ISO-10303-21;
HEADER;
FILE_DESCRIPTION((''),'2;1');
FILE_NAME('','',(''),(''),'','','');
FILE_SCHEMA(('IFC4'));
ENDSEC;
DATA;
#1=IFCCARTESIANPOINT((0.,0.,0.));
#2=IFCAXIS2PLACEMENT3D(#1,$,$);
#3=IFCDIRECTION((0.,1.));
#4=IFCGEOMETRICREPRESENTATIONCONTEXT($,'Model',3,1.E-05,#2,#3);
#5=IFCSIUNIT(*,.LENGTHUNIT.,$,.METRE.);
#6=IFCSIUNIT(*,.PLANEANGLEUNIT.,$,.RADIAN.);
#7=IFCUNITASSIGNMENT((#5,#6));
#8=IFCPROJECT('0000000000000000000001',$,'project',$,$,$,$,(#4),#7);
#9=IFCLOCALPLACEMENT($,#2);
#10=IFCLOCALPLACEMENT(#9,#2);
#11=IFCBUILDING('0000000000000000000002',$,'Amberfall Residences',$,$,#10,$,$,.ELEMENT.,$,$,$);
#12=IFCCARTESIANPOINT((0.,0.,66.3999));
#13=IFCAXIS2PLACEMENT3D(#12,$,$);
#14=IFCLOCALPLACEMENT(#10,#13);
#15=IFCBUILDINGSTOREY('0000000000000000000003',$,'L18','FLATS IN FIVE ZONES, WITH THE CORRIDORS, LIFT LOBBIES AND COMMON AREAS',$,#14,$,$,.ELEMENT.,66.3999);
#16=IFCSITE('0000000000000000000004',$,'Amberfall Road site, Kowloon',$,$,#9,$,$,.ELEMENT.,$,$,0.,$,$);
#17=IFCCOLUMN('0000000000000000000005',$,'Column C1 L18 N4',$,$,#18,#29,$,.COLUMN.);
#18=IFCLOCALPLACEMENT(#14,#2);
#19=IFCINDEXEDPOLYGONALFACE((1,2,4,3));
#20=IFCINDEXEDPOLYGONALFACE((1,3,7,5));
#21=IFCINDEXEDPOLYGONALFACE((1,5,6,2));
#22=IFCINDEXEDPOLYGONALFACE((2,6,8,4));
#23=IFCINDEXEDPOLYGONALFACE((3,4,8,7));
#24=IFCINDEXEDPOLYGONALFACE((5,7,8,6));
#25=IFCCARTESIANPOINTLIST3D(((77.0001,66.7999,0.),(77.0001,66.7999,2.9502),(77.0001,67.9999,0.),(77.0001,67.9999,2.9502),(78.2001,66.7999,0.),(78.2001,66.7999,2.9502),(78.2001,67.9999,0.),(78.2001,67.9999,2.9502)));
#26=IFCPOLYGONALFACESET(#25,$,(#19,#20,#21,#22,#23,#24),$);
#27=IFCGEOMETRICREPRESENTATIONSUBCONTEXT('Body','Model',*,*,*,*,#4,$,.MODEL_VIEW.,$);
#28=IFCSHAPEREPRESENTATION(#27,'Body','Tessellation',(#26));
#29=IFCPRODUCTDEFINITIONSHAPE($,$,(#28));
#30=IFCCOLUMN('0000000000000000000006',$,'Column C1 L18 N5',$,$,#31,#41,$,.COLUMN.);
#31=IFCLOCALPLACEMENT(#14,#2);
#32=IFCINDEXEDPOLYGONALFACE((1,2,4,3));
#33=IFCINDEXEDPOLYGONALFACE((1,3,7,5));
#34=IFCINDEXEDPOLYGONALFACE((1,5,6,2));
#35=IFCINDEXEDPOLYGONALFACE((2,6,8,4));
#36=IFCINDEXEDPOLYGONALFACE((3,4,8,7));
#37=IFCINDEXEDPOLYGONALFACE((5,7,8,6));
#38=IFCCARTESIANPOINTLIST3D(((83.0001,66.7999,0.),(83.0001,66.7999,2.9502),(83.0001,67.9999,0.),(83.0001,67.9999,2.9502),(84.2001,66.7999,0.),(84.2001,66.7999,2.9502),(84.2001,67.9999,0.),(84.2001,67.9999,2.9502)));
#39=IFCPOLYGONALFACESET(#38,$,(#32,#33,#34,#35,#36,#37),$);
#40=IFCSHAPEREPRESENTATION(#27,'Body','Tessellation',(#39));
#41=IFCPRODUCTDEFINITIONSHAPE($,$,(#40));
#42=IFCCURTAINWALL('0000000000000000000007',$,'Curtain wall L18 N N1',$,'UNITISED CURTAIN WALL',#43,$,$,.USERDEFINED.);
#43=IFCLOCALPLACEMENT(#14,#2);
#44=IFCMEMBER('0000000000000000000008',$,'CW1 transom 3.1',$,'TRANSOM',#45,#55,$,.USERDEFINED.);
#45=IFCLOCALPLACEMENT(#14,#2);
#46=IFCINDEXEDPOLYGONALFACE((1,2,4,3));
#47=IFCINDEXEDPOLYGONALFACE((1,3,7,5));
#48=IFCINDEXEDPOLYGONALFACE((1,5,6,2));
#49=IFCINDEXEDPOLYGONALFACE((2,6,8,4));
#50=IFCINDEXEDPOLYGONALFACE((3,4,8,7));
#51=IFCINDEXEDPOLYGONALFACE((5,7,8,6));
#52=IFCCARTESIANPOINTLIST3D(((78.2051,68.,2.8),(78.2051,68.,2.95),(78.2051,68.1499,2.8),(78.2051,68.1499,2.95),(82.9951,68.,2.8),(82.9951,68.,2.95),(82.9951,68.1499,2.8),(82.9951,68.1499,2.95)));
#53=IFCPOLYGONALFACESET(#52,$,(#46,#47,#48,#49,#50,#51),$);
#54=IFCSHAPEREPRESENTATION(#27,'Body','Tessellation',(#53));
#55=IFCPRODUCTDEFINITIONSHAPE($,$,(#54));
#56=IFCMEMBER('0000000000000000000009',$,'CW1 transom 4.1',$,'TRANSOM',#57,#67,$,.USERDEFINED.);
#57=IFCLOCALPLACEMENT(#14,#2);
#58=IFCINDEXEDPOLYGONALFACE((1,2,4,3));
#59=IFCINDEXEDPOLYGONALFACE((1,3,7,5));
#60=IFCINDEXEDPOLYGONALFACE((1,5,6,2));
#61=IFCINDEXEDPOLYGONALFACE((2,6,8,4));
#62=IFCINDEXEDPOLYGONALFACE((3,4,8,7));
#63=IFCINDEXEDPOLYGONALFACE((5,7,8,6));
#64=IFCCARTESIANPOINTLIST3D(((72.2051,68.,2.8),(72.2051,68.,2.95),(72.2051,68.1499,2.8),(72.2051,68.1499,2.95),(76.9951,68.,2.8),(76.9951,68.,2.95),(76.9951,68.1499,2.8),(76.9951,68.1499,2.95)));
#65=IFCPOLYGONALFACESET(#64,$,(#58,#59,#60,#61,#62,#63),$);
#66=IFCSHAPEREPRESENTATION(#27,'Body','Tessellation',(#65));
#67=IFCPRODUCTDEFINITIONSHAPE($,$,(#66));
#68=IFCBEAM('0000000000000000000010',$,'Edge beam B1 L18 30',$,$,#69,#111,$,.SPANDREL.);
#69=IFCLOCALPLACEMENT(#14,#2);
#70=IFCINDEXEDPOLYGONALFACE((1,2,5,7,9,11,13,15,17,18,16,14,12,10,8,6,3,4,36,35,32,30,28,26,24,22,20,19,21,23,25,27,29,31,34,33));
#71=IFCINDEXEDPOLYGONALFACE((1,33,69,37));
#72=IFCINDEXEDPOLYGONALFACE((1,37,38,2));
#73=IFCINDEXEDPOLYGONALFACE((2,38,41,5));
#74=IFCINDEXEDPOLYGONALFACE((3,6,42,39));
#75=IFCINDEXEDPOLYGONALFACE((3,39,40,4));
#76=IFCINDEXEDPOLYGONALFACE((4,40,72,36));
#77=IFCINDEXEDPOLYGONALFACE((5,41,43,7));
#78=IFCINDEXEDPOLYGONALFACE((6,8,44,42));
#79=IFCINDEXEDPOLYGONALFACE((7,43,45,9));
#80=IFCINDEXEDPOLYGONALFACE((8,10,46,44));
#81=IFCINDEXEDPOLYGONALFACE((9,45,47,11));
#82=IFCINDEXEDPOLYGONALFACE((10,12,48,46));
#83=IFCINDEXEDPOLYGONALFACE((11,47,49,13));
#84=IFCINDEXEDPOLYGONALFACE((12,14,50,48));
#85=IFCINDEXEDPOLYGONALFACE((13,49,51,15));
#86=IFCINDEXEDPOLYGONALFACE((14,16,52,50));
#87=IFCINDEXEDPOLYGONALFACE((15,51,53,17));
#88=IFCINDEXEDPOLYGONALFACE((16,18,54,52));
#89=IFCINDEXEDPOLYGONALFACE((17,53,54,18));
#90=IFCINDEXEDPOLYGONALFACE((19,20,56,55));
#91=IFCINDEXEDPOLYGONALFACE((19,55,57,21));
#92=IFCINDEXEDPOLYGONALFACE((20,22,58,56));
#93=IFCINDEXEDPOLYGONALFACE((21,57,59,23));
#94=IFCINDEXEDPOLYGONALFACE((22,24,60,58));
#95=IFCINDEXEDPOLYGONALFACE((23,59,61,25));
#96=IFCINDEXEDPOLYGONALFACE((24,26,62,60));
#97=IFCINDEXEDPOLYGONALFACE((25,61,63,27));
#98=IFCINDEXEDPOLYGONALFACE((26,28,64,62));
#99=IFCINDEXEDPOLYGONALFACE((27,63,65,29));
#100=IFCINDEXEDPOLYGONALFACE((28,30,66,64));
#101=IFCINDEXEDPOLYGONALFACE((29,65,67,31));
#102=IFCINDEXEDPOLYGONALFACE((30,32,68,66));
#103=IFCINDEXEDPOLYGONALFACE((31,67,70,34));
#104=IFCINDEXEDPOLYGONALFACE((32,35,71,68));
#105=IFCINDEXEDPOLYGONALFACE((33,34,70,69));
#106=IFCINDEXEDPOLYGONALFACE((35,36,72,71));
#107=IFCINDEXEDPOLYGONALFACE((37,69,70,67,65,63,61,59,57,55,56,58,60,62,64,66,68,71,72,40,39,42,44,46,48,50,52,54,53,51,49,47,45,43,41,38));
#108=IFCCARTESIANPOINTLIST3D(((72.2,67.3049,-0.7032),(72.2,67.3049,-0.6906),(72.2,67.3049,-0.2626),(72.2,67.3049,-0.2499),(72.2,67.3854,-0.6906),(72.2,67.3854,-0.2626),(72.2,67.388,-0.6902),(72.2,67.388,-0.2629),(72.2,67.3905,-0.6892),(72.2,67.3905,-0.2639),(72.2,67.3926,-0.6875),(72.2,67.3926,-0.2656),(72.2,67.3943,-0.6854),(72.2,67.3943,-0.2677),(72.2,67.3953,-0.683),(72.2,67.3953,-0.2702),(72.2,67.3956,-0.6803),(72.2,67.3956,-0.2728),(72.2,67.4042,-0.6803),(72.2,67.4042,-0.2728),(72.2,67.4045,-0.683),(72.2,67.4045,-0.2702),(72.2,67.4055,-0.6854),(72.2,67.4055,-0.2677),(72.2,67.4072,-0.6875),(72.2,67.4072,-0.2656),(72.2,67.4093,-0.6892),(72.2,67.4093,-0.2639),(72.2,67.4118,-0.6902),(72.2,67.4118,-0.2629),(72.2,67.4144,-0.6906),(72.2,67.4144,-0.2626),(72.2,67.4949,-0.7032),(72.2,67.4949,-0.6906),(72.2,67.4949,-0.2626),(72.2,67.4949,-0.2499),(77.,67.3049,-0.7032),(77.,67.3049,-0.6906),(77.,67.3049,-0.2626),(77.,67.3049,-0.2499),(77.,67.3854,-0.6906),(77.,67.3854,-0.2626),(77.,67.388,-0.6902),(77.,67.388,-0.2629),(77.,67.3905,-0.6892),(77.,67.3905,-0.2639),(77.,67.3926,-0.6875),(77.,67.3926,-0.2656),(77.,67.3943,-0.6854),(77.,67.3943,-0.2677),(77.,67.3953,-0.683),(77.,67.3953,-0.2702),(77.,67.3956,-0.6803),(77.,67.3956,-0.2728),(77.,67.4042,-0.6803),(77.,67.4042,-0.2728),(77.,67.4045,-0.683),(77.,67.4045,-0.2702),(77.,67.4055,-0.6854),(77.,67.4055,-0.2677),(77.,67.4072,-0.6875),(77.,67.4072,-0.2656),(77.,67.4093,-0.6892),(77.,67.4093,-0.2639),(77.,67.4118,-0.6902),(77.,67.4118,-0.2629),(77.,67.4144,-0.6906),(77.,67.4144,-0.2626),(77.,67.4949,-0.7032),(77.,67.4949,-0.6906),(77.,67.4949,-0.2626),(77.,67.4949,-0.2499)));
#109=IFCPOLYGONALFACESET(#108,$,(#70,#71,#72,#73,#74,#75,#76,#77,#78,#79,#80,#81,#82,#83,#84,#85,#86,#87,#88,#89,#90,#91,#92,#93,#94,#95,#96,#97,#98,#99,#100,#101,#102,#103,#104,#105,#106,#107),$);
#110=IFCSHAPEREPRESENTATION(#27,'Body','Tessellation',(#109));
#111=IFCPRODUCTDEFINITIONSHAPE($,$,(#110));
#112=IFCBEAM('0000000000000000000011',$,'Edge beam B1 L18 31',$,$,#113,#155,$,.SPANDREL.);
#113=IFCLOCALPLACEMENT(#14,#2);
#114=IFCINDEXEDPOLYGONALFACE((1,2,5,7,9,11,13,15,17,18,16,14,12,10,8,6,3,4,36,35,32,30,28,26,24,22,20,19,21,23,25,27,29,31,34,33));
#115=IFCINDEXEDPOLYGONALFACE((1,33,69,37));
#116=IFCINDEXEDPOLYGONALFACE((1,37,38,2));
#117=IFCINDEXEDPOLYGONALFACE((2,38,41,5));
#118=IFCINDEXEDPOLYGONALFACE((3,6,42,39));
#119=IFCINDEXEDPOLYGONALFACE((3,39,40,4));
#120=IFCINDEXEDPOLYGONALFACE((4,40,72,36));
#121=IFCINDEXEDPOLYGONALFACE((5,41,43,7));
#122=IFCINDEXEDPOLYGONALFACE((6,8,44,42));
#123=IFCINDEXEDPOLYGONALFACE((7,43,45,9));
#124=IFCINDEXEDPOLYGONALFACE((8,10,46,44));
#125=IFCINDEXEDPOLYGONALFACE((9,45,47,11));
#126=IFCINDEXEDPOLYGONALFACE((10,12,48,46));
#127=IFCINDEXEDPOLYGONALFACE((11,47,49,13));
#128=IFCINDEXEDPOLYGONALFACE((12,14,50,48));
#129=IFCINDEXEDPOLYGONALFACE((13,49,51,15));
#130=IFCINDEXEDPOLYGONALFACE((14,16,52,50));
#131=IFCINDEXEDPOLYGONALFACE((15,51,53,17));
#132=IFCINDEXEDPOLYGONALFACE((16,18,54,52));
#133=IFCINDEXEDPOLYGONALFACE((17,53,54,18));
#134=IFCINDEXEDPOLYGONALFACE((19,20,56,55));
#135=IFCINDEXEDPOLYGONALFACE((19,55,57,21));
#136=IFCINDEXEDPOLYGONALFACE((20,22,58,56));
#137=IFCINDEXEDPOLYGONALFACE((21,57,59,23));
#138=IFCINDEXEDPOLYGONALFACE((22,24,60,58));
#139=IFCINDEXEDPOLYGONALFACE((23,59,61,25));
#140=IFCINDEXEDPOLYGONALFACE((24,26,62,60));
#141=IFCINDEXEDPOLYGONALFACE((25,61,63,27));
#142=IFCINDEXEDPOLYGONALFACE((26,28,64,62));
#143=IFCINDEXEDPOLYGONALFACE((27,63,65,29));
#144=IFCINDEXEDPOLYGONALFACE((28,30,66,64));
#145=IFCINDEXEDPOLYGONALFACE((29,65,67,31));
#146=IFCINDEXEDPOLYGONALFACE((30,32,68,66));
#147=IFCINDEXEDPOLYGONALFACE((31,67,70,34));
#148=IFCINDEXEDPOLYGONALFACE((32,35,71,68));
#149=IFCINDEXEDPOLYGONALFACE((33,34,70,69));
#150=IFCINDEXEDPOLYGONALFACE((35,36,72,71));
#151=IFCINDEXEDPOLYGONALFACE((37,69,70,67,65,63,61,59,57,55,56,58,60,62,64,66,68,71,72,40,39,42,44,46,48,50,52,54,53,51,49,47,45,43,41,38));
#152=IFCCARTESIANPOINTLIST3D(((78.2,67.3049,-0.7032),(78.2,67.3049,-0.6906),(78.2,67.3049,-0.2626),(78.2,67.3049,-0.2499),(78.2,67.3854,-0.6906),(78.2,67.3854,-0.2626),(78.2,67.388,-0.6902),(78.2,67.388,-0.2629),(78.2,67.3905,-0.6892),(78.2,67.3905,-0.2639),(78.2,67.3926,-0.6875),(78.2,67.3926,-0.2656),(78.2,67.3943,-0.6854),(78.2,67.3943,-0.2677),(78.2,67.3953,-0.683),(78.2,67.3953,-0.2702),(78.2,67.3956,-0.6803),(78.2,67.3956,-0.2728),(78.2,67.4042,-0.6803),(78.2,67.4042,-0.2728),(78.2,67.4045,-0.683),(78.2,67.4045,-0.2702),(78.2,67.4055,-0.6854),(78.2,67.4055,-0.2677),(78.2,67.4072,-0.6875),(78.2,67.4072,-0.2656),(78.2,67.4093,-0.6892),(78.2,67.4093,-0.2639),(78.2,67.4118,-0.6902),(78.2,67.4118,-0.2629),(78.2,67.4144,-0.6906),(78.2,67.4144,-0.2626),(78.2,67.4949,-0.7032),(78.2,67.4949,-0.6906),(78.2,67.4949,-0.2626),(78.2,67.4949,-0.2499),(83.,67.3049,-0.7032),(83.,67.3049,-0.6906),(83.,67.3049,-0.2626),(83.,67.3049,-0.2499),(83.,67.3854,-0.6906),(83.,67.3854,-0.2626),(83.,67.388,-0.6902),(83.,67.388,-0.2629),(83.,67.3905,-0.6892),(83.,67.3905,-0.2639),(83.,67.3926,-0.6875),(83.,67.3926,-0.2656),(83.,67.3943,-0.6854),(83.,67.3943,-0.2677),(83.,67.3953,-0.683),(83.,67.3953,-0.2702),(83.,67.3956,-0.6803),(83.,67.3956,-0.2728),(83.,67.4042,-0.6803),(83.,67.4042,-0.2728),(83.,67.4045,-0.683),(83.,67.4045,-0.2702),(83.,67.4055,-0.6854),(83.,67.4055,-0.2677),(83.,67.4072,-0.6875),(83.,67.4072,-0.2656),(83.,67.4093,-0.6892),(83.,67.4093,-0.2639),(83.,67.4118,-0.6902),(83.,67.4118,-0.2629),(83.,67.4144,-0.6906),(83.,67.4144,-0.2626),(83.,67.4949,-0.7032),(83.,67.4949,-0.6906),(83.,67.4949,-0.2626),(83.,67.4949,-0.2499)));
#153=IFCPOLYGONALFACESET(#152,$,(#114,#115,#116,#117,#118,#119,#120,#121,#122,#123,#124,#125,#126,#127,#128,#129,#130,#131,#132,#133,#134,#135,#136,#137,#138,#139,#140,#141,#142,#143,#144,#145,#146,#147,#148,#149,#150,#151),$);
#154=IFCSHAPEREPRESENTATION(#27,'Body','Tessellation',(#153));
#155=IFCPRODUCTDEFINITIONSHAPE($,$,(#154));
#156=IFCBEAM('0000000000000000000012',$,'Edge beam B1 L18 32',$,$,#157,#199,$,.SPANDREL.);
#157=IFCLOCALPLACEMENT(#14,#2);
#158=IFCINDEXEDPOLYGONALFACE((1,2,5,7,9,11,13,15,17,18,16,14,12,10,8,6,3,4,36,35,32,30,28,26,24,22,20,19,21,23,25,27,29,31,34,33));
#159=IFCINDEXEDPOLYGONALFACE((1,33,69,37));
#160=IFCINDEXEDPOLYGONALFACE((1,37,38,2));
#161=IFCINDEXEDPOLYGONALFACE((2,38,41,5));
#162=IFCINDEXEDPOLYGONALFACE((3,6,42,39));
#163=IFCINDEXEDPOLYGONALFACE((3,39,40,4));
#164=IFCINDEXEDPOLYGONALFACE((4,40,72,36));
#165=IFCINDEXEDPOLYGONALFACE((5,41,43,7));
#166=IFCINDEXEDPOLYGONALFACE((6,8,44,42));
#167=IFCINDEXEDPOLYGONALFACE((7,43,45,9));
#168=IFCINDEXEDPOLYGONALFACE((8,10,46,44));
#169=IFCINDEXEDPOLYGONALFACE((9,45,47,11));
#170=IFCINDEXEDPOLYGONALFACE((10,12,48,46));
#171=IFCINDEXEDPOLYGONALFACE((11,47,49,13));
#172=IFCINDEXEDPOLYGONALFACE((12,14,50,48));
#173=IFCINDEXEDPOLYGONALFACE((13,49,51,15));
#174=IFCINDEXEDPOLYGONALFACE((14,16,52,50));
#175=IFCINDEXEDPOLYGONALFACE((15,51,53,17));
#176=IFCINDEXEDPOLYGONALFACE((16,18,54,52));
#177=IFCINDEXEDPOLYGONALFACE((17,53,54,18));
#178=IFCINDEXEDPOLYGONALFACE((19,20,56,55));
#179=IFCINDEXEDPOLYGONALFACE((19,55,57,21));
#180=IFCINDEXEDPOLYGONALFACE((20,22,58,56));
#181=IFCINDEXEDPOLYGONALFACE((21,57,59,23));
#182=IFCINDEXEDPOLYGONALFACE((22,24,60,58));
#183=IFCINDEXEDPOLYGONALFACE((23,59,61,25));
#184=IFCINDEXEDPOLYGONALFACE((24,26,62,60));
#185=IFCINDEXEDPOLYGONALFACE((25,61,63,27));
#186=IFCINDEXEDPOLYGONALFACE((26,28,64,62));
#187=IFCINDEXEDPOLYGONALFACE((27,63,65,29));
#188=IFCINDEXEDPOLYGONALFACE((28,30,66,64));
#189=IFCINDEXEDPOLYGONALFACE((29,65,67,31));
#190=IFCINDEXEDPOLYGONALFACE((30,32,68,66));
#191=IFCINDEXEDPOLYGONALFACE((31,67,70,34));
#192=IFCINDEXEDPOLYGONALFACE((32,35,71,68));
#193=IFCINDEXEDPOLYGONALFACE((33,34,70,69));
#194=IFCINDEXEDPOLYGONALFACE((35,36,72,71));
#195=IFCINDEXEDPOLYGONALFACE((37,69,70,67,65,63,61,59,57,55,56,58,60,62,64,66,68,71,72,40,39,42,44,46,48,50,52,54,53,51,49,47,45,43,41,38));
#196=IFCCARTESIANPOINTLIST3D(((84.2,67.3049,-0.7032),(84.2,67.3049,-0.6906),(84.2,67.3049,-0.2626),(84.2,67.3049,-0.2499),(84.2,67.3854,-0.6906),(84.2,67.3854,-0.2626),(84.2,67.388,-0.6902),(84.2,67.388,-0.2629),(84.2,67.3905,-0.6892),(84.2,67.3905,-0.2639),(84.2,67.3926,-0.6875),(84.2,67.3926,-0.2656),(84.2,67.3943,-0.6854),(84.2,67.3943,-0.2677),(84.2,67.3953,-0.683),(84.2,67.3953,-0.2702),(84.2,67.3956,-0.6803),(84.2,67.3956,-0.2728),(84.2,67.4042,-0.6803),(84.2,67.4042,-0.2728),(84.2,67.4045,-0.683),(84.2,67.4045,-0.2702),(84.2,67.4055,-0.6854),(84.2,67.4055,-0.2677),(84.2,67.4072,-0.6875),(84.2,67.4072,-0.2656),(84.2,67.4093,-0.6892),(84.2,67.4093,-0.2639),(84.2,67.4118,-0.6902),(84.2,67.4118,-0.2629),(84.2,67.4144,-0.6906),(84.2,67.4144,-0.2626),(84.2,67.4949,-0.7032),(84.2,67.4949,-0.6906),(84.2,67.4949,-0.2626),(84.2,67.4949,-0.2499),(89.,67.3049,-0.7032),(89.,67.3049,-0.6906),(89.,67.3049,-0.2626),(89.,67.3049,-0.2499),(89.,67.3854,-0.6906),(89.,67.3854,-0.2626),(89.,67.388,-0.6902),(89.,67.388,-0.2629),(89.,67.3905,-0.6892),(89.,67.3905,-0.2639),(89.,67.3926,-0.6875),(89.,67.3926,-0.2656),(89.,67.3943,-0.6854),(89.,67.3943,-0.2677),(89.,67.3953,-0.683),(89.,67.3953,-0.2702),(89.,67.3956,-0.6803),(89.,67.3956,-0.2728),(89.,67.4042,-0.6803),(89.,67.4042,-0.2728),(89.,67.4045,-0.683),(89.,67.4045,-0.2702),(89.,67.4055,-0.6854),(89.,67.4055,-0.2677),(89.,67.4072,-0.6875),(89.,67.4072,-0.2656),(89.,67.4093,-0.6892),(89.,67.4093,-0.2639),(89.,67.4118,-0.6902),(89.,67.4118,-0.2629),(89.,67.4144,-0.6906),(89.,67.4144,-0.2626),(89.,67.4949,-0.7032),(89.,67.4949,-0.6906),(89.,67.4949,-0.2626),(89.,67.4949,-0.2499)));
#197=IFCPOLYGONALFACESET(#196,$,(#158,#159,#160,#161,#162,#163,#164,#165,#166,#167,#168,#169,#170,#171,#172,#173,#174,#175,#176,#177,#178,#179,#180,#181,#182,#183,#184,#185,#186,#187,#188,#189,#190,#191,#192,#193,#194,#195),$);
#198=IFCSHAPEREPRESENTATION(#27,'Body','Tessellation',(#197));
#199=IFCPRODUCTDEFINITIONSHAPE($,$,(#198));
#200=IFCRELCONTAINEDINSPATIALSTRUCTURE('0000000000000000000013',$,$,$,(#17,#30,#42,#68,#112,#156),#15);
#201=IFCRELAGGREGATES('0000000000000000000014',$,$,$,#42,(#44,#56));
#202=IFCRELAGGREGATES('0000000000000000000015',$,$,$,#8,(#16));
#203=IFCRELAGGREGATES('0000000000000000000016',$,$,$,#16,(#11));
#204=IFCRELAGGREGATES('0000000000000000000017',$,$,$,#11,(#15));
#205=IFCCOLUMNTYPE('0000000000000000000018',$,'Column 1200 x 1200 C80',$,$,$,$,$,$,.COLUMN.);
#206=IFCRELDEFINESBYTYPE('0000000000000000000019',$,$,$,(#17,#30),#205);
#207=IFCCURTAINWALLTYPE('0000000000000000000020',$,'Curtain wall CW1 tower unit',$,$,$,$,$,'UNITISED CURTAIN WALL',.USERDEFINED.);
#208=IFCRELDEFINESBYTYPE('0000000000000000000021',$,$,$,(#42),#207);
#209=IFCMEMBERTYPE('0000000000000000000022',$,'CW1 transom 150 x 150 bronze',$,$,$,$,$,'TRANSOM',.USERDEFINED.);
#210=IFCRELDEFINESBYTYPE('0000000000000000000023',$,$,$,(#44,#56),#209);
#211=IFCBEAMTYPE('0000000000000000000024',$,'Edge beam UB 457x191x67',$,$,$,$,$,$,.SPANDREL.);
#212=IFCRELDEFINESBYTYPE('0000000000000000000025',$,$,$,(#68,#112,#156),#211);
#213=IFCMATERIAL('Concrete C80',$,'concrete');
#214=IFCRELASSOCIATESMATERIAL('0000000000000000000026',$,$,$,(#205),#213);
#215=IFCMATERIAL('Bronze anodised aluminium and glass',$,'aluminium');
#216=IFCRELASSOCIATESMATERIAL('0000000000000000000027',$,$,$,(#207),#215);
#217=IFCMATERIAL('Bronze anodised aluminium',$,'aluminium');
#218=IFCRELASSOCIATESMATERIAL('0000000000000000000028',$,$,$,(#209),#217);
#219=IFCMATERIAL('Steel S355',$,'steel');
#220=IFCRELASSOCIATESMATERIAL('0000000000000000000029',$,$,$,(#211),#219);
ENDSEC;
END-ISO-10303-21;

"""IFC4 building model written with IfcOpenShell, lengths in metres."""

from ifc_helpers import new_model, si_unit, direction, frame, origin, origin_2d, place, context, subcontext, project, spatial, rectangle, i_section, extrude, material, material_profile, profile_set, type_object, element, aggregate, save


model = new_model("IFC4")

# Units and contexts
model_context = context("Model", 3, precision=1e-05, world=origin(), true_north=direction((0.0, 1.0)))
body_context = subcontext(model_context, "Body", "Model", "MODEL_VIEW")
ifc_project = project(units=[si_unit("LENGTHUNIT", "METRE"), si_unit("PLANEANGLEUNIT", "RADIAN")], contexts=[model_context])

# Site, building, storey
site_placement = place(None, origin())
site = spatial("IfcSite", under=ifc_project, at=site_placement, Name="Amberfall Road site, Kowloon", CompositionType="ELEMENT", RefElevation=0.0)
building_placement = place(site_placement, origin())
building = spatial("IfcBuilding", under=site, at=building_placement, Name="Amberfall Residences", CompositionType="ELEMENT")
storey_placement = place(building_placement, frame((0.0, 0.0, 66.3999)))
storey = spatial("IfcBuildingStorey", under=building, at=storey_placement, Name="L18", Description="FLATS IN FIVE ZONES, WITH THE CORRIDORS, LIFT LOBBIES AND COMMON AREAS", CompositionType="ELEMENT", Elevation=66.3999)

# Columns
ifc_material_1 = material(Name="Concrete C80", Category="concrete")
ifc_material_profile_1 = material_profile(ifc_material_1, rectangle(XDim=1.2, YDim=1.2, at=origin_2d()), Name="Column 1200 x 1200 C80")
ifc_profile_set_1 = profile_set([ifc_material_profile_1], Name="Concrete C80")
column_type = type_object("IfcColumnType", Name="Column 1200 x 1200 C80", PredefinedType="COLUMN", material=ifc_profile_set_1)
for number, where, z_axis, x_axis, name in (
    (1, (77.6001, 67.3999, 0.0), (0.0, 0.0, 1.0), (1.0, 0.0, 0.0), "Column C1 L18 N4"),
    (2, (83.6001, 67.3999, 0.0), (0.0, 0.0, 1.0), (1.0, 0.0, 0.0), "Column C1 L18 N5"),
):
    element("IfcColumn", number, at=place(storey_placement, frame(where, z_axis=z_axis, x_axis=x_axis)), inside=storey, type_object=column_type, Name=name, PredefinedType="COLUMN", context=body_context, shape_type="SweptSolid", body=[
        extrude(rectangle(XDim=1.2, YDim=1.2, at=origin_2d()), origin(), (0.0, 0.0, 1.0), 2.9502),
    ])

# Curtain wall, members
ifc_material_2 = material(Name="Bronze anodised aluminium and glass", Category="aluminium")
curtain_wall_type = type_object("IfcCurtainWallType", Name="Curtain wall CW1 tower unit", ElementType="UNITISED CURTAIN WALL", PredefinedType="USERDEFINED", material=ifc_material_2)
curtain_wall_placement = place(storey_placement, origin())
curtain_wall = element("IfcCurtainWall", 3, at=curtain_wall_placement, inside=storey, type_object=curtain_wall_type, Name="Curtain wall L18 N N1", ObjectType="UNITISED CURTAIN WALL", PredefinedType="USERDEFINED")
ifc_material_3 = material(Name="Bronze anodised aluminium", Category="aluminium")
ifc_material_profile_2 = material_profile(ifc_material_3, rectangle(XDim=0.1499, YDim=0.1499, at=origin_2d()), Name="CW1 transom 150 x 150 bronze")
ifc_profile_set_2 = profile_set([ifc_material_profile_2], Name="Bronze anodised aluminium")
member_type_1 = type_object("IfcMemberType", Name="CW1 transom 150 x 150 bronze", ElementType="TRANSOM", PredefinedType="USERDEFINED", material=ifc_profile_set_2)
member_1_placement = place(storey_placement, frame((82.9951, 68.075, 2.875), z_axis=(-1.0, 0.0, 0.0), x_axis=(0.0, -1.0, 0.0)))
member_1 = element("IfcMember", 4, at=member_1_placement, type_object=member_type_1, Name="CW1 transom 3.1", ObjectType="TRANSOM", PredefinedType="USERDEFINED", context=body_context, shape_type="SweptSolid", body=[
    extrude(rectangle(XDim=0.1499, YDim=0.1499, at=origin_2d()), origin(), (0.0, 0.0, 1.0), 4.79),
])
member_2_placement = place(storey_placement, frame((76.9951, 68.075, 2.875), z_axis=(-1.0, 0.0, 0.0), x_axis=(0.0, -1.0, 0.0)))
member_2 = element("IfcMember", 5, at=member_2_placement, type_object=member_type_1, Name="CW1 transom 4.1", ObjectType="TRANSOM", PredefinedType="USERDEFINED", context=body_context, shape_type="SweptSolid", body=[
    extrude(rectangle(XDim=0.1499, YDim=0.1499, at=origin_2d()), origin(), (0.0, 0.0, 1.0), 4.79),
])

# Beams
ifc_material_4 = material(Name="Steel S355", Category="steel")
ifc_material_profile_3 = material_profile(ifc_material_4, i_section(OverallWidth=0.1899, OverallDepth=0.4534, WebThickness=0.0085, FlangeThickness=0.0127, FilletRadius=0.0103, at=origin_2d()), Name="UB 457x191x67")
ifc_profile_set_3 = profile_set([ifc_material_profile_3], Name="Steel S355")
beam_type_1 = type_object("IfcBeamType", Name="Edge beam UB 457x191x67", PredefinedType="SPANDREL", material=ifc_profile_set_3)
for number, where, z_axis, x_axis, name in (
    (6, (72.2, 67.3999, -0.4766), (1.0, 0.0, 0.0), (0.0, 1.0, 0.0), "Edge beam B1 L18 30"),
    (7, (78.2, 67.3999, -0.4766), (1.0, 0.0, 0.0), (0.0, 1.0, 0.0), "Edge beam B1 L18 31"),
    (8, (84.2, 67.3999, -0.4766), (1.0, 0.0, 0.0), (0.0, 1.0, 0.0), "Edge beam B1 L18 32"),
):
    element("IfcBeam", number, at=place(storey_placement, frame(where, z_axis=z_axis, x_axis=x_axis)), inside=storey, type_object=beam_type_1, Name=name, PredefinedType="SPANDREL", context=body_context, shape_type="SweptSolid", body=[
        extrude(i_section(OverallWidth=0.1899, OverallDepth=0.4534, WebThickness=0.0085, FlangeThickness=0.0127, FilletRadius=0.0103, at=origin_2d()), origin(), (0.0, 0.0, 1.0), 4.8),
    ])

aggregate(curtain_wall, [member_1, member_2])

save(model, "model.ifc")
